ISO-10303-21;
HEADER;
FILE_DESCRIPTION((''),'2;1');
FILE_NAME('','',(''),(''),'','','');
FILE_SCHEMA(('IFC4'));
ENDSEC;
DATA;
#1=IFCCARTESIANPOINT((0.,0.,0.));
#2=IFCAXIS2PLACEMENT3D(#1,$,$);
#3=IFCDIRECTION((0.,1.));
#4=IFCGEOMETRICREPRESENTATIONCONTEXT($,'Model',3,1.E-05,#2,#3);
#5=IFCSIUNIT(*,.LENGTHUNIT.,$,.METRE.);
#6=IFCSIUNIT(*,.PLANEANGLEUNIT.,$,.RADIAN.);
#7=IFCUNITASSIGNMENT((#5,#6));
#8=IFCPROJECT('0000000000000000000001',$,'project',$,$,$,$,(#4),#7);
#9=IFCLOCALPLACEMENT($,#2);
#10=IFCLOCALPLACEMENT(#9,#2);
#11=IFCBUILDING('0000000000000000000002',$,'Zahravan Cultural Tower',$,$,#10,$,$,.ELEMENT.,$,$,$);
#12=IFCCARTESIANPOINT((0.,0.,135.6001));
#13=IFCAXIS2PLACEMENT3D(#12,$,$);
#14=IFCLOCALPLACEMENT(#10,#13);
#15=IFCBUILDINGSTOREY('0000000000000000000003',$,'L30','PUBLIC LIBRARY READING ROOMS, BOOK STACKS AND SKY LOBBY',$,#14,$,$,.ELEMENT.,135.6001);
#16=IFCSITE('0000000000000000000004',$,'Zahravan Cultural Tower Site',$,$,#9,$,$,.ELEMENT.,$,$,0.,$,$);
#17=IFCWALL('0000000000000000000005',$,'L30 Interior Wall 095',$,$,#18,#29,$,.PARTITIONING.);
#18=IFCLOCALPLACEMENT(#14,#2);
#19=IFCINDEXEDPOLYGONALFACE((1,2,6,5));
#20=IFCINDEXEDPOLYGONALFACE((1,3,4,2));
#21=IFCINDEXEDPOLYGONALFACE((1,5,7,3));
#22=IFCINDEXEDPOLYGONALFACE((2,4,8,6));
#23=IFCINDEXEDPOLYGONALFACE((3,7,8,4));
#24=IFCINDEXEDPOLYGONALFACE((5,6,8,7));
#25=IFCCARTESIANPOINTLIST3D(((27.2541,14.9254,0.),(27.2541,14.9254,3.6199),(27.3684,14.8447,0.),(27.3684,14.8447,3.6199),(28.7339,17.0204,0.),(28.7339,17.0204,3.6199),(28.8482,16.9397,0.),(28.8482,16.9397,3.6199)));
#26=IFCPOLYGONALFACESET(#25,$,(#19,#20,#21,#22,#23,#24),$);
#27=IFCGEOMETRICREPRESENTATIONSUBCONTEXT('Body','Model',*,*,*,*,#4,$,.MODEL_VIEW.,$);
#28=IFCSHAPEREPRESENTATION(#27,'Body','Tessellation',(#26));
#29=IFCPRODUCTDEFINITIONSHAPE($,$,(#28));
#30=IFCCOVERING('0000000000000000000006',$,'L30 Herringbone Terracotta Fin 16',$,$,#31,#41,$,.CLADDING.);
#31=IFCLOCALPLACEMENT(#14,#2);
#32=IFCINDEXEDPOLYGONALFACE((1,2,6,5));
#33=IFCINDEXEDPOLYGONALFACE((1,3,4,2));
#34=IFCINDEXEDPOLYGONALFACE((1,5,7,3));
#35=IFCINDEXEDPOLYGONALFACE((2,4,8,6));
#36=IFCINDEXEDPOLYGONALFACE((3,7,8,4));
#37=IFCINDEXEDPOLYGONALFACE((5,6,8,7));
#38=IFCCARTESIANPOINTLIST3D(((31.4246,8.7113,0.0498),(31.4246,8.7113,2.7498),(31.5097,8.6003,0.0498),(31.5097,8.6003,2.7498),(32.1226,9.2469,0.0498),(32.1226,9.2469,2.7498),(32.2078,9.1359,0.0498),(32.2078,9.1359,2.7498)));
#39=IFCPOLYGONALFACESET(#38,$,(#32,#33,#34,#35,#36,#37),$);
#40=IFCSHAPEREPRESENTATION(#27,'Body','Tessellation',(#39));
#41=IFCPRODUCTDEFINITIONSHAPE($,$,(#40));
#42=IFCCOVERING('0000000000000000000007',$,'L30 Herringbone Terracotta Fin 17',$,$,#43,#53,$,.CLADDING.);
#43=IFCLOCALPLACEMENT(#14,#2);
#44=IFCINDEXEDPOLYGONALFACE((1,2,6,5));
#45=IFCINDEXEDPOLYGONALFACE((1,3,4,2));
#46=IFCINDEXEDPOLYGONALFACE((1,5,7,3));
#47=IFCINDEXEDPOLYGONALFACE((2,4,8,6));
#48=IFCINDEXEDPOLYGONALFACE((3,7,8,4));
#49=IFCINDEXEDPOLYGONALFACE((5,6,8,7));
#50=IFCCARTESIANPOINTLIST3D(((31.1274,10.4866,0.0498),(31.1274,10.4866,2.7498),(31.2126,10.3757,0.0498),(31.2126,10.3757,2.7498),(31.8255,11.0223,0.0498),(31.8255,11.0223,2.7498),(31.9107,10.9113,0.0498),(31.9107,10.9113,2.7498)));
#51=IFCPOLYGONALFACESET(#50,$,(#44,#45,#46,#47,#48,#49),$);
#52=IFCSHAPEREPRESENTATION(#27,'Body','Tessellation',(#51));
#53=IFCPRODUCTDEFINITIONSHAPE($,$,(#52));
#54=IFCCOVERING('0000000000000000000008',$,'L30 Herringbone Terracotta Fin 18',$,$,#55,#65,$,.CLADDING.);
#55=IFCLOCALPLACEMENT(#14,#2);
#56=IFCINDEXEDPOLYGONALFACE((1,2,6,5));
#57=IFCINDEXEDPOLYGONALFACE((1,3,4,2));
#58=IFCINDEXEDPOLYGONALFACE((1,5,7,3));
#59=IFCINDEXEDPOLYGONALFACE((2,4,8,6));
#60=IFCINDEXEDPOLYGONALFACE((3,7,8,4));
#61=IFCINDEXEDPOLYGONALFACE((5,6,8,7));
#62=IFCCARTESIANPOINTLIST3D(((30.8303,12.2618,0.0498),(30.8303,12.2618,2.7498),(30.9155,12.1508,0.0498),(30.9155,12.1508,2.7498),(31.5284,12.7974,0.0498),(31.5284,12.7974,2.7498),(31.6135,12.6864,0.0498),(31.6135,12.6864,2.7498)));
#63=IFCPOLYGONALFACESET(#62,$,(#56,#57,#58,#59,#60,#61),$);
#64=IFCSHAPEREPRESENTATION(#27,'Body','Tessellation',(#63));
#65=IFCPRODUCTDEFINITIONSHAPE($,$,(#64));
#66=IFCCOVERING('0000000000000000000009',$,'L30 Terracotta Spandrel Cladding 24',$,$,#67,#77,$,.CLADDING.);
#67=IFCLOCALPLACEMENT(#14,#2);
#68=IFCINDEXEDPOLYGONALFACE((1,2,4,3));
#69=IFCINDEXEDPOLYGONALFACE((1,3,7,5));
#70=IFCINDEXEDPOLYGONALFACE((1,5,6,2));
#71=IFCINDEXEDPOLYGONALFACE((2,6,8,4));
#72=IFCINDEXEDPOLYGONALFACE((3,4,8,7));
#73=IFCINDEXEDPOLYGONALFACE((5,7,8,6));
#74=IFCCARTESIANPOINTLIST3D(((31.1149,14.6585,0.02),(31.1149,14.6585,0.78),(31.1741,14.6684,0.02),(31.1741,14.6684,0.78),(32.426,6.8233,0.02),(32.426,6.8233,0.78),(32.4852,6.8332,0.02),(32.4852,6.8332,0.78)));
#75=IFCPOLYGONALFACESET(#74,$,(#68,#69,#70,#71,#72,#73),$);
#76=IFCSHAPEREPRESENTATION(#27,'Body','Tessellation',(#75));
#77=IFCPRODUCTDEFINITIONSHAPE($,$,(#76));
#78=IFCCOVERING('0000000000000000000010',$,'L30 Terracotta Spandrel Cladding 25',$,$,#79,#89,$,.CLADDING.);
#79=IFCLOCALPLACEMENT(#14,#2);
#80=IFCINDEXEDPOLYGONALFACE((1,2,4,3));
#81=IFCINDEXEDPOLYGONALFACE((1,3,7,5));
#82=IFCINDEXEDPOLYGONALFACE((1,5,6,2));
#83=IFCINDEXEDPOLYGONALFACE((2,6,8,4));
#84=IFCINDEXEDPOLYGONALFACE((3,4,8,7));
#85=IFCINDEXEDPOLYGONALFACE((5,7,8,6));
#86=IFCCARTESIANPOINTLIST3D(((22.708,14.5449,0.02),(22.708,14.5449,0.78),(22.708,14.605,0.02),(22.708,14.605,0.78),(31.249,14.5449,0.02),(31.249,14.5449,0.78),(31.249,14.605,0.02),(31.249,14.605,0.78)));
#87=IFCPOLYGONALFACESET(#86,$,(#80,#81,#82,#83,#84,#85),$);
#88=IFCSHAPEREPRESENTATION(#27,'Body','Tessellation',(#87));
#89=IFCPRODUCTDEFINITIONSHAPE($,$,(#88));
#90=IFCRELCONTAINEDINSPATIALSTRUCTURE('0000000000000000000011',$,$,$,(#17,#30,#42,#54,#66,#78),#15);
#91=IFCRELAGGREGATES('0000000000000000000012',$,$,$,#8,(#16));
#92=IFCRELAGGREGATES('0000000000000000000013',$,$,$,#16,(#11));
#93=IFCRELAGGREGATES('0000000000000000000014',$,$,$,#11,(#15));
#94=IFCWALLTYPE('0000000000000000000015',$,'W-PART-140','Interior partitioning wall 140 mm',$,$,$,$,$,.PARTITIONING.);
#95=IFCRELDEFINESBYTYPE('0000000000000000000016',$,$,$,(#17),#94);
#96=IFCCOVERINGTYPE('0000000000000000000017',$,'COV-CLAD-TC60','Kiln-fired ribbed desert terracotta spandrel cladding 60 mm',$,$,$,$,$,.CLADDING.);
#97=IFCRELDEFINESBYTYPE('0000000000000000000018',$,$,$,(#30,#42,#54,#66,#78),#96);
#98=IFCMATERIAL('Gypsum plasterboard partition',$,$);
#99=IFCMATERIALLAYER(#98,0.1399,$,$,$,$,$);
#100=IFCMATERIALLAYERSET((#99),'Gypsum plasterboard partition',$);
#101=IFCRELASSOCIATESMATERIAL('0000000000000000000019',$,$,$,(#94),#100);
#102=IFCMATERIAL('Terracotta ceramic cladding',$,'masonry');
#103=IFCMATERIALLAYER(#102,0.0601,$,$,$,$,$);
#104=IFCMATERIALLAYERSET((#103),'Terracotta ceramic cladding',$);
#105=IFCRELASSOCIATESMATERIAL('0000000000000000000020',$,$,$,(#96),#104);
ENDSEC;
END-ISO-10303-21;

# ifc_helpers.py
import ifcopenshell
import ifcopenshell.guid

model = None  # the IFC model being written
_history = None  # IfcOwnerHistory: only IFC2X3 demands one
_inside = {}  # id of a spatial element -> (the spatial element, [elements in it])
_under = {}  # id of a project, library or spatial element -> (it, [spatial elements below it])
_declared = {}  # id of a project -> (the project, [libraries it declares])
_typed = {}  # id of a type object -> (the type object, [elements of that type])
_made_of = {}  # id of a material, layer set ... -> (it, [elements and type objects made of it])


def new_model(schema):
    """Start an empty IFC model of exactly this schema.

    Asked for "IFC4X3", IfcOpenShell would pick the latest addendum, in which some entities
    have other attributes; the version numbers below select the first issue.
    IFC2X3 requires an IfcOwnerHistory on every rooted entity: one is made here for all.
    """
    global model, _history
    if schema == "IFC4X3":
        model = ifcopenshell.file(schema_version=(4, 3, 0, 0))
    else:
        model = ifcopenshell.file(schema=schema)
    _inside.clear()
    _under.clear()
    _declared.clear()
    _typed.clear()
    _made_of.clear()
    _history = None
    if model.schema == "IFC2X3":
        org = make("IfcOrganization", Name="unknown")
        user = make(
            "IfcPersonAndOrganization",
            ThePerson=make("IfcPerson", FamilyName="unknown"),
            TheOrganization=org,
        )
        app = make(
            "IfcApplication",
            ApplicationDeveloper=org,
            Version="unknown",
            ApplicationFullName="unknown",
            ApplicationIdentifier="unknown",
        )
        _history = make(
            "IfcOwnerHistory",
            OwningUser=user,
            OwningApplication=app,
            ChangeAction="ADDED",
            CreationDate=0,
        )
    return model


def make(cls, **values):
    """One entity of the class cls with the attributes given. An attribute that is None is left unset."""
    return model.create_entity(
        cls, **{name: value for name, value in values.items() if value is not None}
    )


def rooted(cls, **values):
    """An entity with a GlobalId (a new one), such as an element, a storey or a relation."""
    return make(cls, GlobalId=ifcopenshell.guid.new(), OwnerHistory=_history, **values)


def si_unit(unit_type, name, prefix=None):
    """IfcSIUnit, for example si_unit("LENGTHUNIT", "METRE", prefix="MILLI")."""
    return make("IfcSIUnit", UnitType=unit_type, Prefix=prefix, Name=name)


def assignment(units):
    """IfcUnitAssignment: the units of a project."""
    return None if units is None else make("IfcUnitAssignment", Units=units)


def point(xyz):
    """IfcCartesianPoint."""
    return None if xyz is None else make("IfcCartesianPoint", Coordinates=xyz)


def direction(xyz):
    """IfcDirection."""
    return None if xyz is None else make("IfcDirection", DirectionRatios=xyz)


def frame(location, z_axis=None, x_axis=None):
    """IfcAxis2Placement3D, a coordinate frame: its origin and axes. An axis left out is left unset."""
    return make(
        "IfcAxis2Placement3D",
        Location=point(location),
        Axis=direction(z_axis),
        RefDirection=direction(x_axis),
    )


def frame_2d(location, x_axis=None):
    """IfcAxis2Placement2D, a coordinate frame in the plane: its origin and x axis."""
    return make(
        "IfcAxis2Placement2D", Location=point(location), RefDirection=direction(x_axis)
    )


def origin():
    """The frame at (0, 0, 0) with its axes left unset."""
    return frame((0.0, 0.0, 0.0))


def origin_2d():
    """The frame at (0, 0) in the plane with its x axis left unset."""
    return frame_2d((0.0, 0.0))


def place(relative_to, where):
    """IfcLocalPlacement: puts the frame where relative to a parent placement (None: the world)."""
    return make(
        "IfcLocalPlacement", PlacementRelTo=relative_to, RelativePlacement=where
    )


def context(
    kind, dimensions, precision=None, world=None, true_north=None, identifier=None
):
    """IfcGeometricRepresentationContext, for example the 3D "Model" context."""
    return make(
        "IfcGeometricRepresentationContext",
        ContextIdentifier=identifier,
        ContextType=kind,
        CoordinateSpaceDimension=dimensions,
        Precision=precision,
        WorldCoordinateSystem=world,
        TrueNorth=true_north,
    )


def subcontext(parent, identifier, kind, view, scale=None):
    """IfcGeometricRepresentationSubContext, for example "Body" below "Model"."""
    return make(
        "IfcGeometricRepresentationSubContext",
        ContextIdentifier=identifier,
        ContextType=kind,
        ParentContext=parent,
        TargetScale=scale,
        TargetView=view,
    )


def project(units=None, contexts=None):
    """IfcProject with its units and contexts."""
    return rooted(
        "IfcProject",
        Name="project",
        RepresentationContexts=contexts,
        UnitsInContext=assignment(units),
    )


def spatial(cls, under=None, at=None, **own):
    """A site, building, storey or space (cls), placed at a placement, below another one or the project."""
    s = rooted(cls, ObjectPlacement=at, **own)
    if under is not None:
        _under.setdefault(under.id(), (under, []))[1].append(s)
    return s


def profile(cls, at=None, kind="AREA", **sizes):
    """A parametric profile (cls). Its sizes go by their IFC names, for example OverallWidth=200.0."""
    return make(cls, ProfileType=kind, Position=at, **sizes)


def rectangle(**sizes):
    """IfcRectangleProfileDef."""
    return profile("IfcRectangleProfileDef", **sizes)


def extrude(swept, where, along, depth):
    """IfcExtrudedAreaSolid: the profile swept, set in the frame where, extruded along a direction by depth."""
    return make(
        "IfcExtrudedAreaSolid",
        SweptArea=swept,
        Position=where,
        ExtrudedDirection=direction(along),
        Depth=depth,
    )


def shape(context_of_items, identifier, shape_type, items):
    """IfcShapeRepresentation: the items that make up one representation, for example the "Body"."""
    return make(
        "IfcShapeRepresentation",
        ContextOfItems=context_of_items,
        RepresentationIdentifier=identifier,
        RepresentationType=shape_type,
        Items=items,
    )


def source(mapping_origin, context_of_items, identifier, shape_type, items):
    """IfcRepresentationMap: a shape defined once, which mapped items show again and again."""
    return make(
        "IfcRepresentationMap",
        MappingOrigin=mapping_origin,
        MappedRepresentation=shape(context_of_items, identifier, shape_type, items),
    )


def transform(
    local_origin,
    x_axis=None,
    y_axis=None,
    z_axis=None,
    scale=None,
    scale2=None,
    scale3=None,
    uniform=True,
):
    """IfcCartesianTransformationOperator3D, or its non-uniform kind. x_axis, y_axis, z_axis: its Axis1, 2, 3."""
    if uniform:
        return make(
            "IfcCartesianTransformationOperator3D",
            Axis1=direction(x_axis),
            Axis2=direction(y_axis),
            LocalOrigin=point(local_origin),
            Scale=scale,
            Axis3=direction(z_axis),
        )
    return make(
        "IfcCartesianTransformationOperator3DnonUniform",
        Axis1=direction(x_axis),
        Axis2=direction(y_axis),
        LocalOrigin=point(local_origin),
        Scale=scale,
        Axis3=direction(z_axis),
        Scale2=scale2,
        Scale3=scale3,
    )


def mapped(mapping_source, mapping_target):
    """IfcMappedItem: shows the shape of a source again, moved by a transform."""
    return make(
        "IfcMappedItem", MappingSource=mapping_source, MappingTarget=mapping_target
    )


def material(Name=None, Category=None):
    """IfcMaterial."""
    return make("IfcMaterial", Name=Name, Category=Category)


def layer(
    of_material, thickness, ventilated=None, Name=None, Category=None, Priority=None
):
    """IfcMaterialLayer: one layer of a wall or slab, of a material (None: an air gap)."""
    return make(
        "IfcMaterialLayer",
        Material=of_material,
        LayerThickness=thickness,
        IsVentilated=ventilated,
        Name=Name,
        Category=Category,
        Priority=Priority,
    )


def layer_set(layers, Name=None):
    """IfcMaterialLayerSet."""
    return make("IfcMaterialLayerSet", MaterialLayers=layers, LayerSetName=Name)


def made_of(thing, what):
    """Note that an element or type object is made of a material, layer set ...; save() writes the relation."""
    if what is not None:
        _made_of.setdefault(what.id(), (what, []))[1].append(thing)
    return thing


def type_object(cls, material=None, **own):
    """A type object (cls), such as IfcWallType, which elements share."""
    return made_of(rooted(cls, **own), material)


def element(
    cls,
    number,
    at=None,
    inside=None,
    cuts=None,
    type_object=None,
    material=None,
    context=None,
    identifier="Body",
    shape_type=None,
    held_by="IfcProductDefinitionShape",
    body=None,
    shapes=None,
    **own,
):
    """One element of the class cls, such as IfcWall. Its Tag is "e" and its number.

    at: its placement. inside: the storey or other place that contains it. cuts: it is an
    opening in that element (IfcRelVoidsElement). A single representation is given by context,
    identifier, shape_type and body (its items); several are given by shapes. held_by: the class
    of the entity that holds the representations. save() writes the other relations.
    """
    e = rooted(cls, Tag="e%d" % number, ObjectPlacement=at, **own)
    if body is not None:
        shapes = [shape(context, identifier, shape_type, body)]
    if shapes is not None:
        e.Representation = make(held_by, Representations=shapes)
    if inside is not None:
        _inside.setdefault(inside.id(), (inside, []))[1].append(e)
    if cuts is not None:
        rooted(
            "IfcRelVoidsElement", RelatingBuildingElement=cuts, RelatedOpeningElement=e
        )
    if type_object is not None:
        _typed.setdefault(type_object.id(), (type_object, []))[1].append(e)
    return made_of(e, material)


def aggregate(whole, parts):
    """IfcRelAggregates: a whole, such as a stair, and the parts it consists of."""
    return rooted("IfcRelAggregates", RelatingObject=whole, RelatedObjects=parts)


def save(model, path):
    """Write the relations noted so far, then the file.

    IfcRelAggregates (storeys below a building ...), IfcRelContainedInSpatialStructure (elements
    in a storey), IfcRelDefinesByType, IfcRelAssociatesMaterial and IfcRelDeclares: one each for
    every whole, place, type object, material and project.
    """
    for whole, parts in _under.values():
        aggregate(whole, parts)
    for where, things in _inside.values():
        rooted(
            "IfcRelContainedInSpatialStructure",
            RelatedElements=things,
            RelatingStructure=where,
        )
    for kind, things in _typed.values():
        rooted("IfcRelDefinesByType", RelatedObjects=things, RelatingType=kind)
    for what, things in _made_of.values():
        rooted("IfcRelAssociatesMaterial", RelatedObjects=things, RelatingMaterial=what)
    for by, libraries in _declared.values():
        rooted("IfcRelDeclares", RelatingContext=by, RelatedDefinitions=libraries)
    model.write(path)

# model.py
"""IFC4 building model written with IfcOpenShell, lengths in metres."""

from ifc_helpers import new_model, si_unit, direction, frame, frame_2d, origin, origin_2d, place, context, subcontext, project, spatial, rectangle, extrude, source, transform, mapped, material, layer, layer_set, type_object, element, save


model = new_model("IFC4")

# Units and contexts
model_context = context("Model", 3, precision=1e-05, world=origin(), true_north=direction((0.0, 1.0)))
body_context = subcontext(model_context, "Body", "Model", "MODEL_VIEW")
ifc_project = project(units=[si_unit("LENGTHUNIT", "METRE"), si_unit("PLANEANGLEUNIT", "RADIAN")], contexts=[model_context])

# Site, building, storey
site_placement = place(None, origin())
site = spatial("IfcSite", under=ifc_project, at=site_placement, Name="Zahravan Cultural Tower Site", CompositionType="ELEMENT", RefElevation=0.0)
building_placement = place(site_placement, origin())
building = spatial("IfcBuilding", under=site, at=building_placement, Name="Zahravan Cultural Tower", CompositionType="ELEMENT")
storey_placement = place(building_placement, frame((0.0, 0.0, 135.6001)))
storey = spatial("IfcBuildingStorey", under=building, at=storey_placement, Name="L30", Description="PUBLIC LIBRARY READING ROOMS, BOOK STACKS AND SKY LOBBY", CompositionType="ELEMENT", Elevation=135.6001)

# Shared definitions
ifc_material_1 = material(Name="Gypsum plasterboard partition")
ifc_layer_1 = layer(ifc_material_1, 0.1399)
ifc_layer_set_1 = layer_set([ifc_layer_1], Name="Gypsum plasterboard partition")
wall_type_1 = type_object("IfcWallType", Name="W-PART-140", Description="Interior partitioning wall 140 mm", PredefinedType="PARTITIONING", material=ifc_layer_set_1)

# Wall
shared_shape_1 = source(origin(), body_context, "Body", "SweptSolid", [
    extrude(rectangle(XDim=2.5649, YDim=0.1399, at=frame_2d((1.2825, 0.0))), origin(), (0.0, 0.0, 1.0), 3.6199),
])
wall_1_placement = place(storey_placement, frame((27.3113, 14.885, 0.0), z_axis=(0.0, 0.0, 1.0), x_axis=(0.576926, 0.816796, 0.0)))
element("IfcWall", 1, at=wall_1_placement, inside=storey, type_object=wall_type_1, Name="L30 Interior Wall 095", PredefinedType="PARTITIONING", context=body_context, shape_type="MappedRepresentation", body=[
    mapped(shared_shape_1, transform((0.0, 0.0, 0.0), x_axis=(1.0, 0.0, 0.0), y_axis=(0.0, 1.0, 0.0), z_axis=(0.0, 0.0, 1.0), scale=1.0)),
])

# Coverings
ifc_material_2 = material(Name="Terracotta ceramic cladding", Category="masonry")
ifc_layer_2 = layer(ifc_material_2, 0.0601)
ifc_layer_set_2 = layer_set([ifc_layer_2], Name="Terracotta ceramic cladding")
covering_type = type_object("IfcCoveringType", Name="COV-CLAD-TC60", Description="Kiln-fired ribbed desert terracotta spandrel cladding 60 mm", PredefinedType="CLADDING", material=ifc_layer_set_2)
shared_shape_2 = source(origin(), body_context, "Body", "SweptSolid", [
    extrude(rectangle(XDim=0.8799, YDim=0.1399, at=origin_2d()), origin(), (0.0, 0.0, 1.0), 2.7),
])
for number, where, z_axis, x_axis, name in (
    (2, (31.8162, 8.9236, 0.0498), (0.0, 0.0, 1.0), (-0.793353, -0.608761, 0.0), "L30 Herringbone Terracotta Fin 16"),
    (3, (31.519, 10.699, 0.0498), (0.0, 0.0, 1.0), (-0.793353, -0.608761, 0.0), "L30 Herringbone Terracotta Fin 17"),
    (4, (31.2219, 12.4741, 0.0498), (0.0, 0.0, 1.0), (-0.793353, -0.608761, 0.0), "L30 Herringbone Terracotta Fin 18"),
):
    element("IfcCovering", number, at=place(storey_placement, frame(where, z_axis=z_axis, x_axis=x_axis)), inside=storey, type_object=covering_type, Name=name, PredefinedType="CLADDING", context=body_context, shape_type="MappedRepresentation", body=[
        mapped(shared_shape_2, transform((0.0, 0.0, 0.0), x_axis=(1.0, 0.0, 0.0), y_axis=(0.0, 1.0, 0.0), z_axis=(0.0, 0.0, 1.0), scale=1.0)),
    ])
shared_shape_3 = source(origin(), body_context, "Body", "SweptSolid", [
    extrude(rectangle(XDim=7.9441, YDim=0.0601, at=origin_2d()), origin(), (0.0, 0.0, 1.0), 0.76),
])
covering_1_placement = place(storey_placement, frame((31.8, 10.7458, 0.02), z_axis=(0.0, 0.0, 1.0), x_axis=(-0.165048, 0.986286, 0.0)))
element("IfcCovering", 5, at=covering_1_placement, inside=storey, type_object=covering_type, Name="L30 Terracotta Spandrel Cladding 24", PredefinedType="CLADDING", context=body_context, shape_type="MappedRepresentation", body=[
    mapped(shared_shape_3, transform((0.0, 0.0, 0.0), x_axis=(1.0, 0.0, 0.0), y_axis=(0.0, 1.0, 0.0), z_axis=(0.0, 0.0, 1.0), scale=1.0)),
])
shared_shape_4 = source(origin(), body_context, "Body", "SweptSolid", [
    extrude(rectangle(XDim=8.541, YDim=0.0601, at=origin_2d()), origin(), (0.0, 0.0, 1.0), 0.76),
])
covering_2_placement = place(storey_placement, frame((26.9785, 14.575, 0.02), z_axis=(0.0, 0.0, 1.0), x_axis=(-1.0, 0.0, 0.0)))
element("IfcCovering", 6, at=covering_2_placement, inside=storey, type_object=covering_type, Name="L30 Terracotta Spandrel Cladding 25", PredefinedType="CLADDING", context=body_context, shape_type="MappedRepresentation", body=[
    mapped(shared_shape_4, transform((0.0, 0.0, 0.0), x_axis=(1.0, 0.0, 0.0), y_axis=(0.0, 1.0, 0.0), z_axis=(0.0, 0.0, 1.0), scale=1.0)),
])

save(model, "model.ifc")
